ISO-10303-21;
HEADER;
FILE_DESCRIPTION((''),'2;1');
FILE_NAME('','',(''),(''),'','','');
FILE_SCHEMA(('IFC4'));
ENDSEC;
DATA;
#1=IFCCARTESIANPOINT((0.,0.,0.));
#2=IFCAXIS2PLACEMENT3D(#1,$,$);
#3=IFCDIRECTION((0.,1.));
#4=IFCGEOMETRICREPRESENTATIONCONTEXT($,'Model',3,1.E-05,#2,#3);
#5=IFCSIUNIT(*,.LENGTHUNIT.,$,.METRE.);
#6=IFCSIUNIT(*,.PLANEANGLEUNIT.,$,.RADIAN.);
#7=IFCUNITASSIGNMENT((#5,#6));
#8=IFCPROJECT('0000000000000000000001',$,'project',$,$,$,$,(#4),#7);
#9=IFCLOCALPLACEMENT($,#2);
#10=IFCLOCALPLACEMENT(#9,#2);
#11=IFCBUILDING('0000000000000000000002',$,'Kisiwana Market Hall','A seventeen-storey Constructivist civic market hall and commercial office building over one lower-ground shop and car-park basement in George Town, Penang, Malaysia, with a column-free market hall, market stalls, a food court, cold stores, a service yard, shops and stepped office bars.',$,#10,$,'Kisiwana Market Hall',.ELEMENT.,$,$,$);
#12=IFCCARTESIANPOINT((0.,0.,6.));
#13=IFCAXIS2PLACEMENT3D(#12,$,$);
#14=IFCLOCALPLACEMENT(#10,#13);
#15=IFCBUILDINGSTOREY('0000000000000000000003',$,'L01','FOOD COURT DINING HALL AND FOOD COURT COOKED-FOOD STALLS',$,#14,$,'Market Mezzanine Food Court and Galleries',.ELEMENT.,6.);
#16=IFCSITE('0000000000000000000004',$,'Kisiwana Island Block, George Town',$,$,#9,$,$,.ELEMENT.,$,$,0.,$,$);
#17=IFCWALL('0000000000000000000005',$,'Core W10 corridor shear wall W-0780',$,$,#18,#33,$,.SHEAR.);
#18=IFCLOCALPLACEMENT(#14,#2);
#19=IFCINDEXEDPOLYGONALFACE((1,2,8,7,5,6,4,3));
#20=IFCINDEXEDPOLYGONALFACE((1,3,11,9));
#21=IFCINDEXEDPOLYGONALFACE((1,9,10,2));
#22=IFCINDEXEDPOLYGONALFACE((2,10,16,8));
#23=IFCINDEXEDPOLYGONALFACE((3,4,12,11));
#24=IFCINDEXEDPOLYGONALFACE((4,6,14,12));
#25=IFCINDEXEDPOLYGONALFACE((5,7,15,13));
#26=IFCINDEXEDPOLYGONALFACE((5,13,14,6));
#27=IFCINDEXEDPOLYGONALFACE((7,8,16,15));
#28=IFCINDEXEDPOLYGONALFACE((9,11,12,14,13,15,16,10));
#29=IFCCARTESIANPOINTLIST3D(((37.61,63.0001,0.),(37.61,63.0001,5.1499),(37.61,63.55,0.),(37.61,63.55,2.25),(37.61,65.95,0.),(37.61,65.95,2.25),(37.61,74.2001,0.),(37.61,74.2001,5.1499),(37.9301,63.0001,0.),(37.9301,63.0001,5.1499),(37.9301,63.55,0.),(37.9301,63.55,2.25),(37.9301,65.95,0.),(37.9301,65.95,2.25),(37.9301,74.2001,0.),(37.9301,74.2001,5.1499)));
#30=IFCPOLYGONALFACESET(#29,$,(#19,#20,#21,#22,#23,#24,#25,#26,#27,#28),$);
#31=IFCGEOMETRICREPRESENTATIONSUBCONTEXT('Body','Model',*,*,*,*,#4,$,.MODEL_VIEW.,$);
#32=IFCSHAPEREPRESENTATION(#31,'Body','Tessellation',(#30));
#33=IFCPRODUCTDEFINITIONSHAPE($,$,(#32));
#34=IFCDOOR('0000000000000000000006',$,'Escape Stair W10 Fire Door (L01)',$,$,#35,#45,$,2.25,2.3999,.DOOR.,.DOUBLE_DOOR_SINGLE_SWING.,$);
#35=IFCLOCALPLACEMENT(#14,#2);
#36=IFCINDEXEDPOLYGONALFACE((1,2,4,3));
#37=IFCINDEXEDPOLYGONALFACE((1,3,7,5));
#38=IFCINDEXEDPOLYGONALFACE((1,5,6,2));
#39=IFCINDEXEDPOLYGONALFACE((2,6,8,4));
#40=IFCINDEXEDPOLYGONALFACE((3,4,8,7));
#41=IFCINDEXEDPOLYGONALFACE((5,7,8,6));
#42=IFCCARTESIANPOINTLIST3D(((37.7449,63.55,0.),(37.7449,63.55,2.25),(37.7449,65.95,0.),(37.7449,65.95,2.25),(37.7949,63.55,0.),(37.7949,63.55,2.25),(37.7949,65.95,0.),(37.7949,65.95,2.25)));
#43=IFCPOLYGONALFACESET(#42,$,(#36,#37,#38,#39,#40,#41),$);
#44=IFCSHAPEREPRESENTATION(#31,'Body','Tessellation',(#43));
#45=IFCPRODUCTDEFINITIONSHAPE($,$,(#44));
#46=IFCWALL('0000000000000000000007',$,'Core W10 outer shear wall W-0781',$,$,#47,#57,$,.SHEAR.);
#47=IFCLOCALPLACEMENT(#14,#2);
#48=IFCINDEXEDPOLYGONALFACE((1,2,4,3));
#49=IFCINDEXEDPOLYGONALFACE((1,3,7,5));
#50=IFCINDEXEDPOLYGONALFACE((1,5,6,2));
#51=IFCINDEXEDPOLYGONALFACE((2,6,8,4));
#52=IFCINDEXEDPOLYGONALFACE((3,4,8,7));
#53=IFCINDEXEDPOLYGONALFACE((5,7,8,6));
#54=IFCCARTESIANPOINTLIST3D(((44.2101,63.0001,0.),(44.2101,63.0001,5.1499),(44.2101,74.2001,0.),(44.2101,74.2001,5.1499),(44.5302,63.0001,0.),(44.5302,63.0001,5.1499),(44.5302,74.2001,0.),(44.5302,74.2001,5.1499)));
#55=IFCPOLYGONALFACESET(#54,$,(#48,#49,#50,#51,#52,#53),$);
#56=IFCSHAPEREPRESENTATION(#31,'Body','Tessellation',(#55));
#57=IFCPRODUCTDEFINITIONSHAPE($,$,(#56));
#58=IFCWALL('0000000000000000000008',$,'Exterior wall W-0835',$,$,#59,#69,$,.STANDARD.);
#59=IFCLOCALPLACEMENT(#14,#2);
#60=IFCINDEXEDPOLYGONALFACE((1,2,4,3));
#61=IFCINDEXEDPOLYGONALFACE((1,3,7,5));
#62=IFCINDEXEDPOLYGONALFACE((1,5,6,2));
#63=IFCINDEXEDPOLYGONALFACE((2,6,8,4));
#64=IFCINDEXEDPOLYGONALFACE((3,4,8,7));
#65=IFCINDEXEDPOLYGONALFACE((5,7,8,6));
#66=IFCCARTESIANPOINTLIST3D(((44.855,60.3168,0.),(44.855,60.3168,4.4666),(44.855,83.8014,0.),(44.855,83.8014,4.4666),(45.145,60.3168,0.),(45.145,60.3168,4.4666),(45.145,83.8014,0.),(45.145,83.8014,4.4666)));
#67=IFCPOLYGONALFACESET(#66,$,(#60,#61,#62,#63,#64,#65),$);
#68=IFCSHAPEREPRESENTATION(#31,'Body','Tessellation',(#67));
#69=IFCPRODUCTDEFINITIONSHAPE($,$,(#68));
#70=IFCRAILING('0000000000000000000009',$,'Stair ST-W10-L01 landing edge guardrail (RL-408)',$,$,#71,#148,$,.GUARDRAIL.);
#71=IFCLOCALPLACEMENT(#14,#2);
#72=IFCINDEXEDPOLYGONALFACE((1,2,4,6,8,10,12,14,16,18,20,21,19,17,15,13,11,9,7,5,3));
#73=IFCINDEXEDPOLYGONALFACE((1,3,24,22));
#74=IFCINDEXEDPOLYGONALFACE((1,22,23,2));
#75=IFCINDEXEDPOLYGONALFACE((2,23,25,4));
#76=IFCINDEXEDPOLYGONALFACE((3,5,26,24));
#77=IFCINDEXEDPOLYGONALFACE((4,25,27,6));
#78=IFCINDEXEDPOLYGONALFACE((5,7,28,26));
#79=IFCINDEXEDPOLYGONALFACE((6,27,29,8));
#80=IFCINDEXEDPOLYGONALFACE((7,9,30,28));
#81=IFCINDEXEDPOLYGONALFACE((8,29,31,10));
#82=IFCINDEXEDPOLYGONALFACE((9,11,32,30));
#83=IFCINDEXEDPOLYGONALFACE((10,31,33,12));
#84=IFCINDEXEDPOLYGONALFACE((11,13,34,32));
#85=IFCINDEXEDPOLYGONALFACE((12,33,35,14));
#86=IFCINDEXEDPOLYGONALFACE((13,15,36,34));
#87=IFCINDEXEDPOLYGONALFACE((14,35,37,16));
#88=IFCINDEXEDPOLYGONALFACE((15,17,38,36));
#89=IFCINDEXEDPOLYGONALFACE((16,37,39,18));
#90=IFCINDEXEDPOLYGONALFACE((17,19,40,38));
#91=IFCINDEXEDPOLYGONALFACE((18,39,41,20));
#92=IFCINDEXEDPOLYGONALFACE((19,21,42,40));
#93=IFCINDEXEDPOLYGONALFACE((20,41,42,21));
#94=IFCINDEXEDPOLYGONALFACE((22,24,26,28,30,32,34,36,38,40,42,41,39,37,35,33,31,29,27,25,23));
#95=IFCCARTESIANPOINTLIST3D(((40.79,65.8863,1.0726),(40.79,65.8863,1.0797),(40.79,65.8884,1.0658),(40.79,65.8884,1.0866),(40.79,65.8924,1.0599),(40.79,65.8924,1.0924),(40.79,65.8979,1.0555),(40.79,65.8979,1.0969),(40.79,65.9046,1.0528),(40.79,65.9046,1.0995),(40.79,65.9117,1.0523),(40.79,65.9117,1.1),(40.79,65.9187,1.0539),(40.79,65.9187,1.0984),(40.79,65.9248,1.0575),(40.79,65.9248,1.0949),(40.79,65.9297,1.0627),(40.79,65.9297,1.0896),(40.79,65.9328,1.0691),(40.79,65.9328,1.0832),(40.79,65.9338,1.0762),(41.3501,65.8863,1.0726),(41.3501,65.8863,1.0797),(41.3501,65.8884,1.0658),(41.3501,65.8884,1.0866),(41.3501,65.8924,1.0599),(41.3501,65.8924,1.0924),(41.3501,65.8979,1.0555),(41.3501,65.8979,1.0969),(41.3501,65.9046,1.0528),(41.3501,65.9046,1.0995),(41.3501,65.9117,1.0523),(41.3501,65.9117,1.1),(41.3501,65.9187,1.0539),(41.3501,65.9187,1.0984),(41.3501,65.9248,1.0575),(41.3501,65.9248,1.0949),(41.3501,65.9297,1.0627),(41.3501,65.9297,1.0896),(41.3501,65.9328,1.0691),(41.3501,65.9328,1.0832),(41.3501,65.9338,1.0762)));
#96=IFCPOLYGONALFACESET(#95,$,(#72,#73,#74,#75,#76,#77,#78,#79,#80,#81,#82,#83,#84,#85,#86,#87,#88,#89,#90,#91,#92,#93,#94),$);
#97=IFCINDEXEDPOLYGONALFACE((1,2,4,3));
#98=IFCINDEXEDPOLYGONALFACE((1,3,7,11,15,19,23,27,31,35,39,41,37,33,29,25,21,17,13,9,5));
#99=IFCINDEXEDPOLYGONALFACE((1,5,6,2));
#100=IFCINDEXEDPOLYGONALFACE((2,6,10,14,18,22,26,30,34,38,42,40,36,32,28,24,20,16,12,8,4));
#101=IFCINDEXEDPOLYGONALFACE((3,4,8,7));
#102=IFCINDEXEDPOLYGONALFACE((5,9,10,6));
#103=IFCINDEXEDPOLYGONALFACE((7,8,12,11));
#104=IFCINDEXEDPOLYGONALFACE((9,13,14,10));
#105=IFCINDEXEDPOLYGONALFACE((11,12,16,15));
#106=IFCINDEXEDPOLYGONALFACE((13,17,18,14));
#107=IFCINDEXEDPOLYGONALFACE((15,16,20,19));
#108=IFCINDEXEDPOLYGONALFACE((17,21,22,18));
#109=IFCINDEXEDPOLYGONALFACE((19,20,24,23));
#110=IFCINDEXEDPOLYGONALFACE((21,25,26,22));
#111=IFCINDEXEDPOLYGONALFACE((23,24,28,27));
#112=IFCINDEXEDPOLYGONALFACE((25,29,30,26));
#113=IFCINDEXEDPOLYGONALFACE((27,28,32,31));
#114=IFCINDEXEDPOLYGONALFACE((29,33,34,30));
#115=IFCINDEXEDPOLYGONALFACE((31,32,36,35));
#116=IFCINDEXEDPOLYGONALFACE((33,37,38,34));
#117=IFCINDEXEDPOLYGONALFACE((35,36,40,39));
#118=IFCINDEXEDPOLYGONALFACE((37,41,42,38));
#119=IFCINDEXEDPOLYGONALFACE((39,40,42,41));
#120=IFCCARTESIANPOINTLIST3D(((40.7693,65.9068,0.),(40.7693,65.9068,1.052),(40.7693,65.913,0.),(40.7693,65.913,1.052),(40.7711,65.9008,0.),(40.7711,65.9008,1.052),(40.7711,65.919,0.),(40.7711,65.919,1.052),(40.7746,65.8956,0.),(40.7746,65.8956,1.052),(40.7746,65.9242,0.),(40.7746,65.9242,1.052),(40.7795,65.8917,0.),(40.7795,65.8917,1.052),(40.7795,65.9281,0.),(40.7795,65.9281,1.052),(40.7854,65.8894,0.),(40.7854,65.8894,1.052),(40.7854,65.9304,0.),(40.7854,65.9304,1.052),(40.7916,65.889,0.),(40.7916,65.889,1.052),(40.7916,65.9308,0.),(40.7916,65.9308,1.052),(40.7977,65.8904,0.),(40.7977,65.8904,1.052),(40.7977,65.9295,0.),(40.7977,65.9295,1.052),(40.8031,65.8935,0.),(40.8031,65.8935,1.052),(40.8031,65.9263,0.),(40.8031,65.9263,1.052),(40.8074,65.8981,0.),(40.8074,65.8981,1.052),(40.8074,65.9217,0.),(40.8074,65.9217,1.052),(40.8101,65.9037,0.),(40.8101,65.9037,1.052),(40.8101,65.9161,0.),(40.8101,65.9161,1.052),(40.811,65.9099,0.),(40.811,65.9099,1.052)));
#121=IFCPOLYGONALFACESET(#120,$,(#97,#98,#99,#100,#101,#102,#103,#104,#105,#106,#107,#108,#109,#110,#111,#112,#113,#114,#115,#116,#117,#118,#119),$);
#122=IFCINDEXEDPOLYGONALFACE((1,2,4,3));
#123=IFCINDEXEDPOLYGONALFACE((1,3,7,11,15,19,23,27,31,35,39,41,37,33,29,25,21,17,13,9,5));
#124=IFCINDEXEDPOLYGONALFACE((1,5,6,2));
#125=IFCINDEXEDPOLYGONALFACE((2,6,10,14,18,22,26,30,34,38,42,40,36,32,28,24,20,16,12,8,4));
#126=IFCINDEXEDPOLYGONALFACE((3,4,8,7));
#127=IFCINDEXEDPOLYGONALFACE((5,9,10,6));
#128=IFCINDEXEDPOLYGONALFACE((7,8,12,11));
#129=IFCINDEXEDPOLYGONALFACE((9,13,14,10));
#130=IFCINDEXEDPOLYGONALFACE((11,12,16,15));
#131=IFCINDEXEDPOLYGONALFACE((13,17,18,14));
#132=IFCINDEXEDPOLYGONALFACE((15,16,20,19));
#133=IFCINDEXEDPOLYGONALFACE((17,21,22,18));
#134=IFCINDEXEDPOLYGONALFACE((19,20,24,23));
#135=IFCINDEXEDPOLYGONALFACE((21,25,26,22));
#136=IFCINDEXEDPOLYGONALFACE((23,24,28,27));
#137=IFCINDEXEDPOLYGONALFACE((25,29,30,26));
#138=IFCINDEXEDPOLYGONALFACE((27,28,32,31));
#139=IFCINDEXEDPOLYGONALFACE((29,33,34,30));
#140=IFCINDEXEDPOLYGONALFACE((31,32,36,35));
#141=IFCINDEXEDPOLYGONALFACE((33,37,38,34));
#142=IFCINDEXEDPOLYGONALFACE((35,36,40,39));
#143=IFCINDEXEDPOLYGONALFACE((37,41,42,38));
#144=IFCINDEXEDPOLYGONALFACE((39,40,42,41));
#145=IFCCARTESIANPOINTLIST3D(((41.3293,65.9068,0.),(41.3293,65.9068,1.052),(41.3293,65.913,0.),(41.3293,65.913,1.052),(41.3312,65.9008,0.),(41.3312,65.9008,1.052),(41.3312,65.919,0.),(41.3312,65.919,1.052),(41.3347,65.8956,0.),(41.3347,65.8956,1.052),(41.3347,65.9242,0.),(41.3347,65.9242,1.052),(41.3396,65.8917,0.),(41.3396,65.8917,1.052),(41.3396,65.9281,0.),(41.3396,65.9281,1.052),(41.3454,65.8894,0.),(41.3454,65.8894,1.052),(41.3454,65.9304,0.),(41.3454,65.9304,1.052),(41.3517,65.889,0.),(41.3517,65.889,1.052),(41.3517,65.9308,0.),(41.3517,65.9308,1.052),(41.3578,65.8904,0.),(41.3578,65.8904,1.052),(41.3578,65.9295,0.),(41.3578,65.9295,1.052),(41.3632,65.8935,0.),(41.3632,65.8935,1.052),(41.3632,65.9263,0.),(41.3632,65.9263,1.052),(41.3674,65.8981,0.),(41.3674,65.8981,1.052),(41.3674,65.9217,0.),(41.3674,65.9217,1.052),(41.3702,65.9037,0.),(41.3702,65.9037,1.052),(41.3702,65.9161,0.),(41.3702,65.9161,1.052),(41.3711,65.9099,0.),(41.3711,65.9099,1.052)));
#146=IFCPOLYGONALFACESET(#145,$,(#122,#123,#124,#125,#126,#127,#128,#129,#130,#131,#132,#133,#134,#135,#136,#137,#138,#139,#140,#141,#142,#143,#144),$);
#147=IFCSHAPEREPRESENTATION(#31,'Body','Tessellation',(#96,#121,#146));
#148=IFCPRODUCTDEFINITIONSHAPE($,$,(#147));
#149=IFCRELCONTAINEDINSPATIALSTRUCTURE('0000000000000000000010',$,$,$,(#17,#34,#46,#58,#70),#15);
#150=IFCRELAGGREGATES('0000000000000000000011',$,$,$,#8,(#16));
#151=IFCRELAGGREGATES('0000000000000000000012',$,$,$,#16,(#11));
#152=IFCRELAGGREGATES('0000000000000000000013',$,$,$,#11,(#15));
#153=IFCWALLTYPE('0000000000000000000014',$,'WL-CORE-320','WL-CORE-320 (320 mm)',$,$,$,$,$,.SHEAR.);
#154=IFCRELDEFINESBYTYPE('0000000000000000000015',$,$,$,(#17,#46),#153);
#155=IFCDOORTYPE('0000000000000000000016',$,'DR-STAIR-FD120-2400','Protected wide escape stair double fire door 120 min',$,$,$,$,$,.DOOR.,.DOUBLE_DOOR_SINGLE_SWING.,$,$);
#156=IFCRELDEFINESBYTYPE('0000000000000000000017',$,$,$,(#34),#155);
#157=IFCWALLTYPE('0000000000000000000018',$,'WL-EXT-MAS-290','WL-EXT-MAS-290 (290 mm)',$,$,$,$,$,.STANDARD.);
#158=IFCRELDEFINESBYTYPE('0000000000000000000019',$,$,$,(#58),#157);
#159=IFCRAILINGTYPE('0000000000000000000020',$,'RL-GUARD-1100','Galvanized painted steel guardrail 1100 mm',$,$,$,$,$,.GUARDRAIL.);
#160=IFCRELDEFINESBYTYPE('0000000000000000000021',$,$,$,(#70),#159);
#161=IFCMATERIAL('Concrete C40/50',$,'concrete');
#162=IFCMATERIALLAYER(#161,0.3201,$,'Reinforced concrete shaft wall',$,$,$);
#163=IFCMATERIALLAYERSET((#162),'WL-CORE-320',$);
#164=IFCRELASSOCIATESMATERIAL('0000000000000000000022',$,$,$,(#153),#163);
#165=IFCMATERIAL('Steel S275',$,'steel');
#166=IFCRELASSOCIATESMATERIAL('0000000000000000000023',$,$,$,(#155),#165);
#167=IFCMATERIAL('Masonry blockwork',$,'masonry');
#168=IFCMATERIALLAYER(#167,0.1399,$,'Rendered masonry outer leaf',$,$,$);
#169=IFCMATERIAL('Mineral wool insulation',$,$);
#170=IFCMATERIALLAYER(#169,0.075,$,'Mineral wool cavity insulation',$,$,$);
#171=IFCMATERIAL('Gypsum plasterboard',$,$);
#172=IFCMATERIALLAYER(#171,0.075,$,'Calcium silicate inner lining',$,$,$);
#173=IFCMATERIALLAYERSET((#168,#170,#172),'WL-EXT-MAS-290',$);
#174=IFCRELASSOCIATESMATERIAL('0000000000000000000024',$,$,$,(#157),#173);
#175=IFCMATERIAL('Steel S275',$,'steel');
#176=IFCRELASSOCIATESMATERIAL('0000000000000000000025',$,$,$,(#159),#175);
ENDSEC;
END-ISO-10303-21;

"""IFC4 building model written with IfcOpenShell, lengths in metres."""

from ifc_helpers import new_model, si_unit, direction, frame, frame_2d, origin, origin_2d, place, context, subcontext, project, spatial, rectangle, circle, extrude, material, layer, layer_set, type_object, element, fill, save


model = new_model("IFC4")

# Units and contexts
model_context = context("Model", 3, precision=1e-05, world=origin(), true_north=direction((0.0, 1.0)))
body_context = subcontext(model_context, "Body", "Model", "MODEL_VIEW")
ifc_project = project(units=[si_unit("LENGTHUNIT", "METRE"), si_unit("PLANEANGLEUNIT", "RADIAN")], contexts=[model_context])

# Site, building, storey
site_placement = place(None, origin())
site = spatial("IfcSite", under=ifc_project, at=site_placement, Name="Kisiwana Island Block, George Town", CompositionType="ELEMENT", RefElevation=0.0)
building_placement = place(site_placement, origin())
building = spatial("IfcBuilding", under=site, at=building_placement, Name="Kisiwana Market Hall", Description="A seventeen-storey Constructivist civic market hall and commercial office building over one lower-ground shop and car-park basement in George Town, Penang, Malaysia, with a column-free market hall, market stalls, a food court, cold stores, a service yard, shops and stepped office bars.", LongName="Kisiwana Market Hall", CompositionType="ELEMENT")
storey_placement = place(building_placement, frame((0.0, 0.0, 6.0)))
storey = spatial("IfcBuildingStorey", under=building, at=storey_placement, Name="L01", Description="FOOD COURT DINING HALL AND FOOD COURT COOKED-FOOD STALLS", LongName="Market Mezzanine Food Court and Galleries", CompositionType="ELEMENT", Elevation=6.0)

# Shared definitions
ifc_material_1 = material(Name="Concrete C40/50", Category="concrete")
ifc_layer_1 = layer(ifc_material_1, 0.3201, Name="Reinforced concrete shaft wall")
ifc_layer_set_1 = layer_set([ifc_layer_1], Name="WL-CORE-320")
wall_type_1 = type_object("IfcWallType", Name="WL-CORE-320", Description="WL-CORE-320 (320 mm)", PredefinedType="SHEAR", material=ifc_layer_set_1)

# Wall, opening, door
wall_1_placement = place(storey_placement, frame((37.77, 63.0, 0.0), z_axis=(0.0, 0.0, 1.0), x_axis=(0.0, 1.0, 0.0)))
wall_1 = element("IfcWall", 1, at=wall_1_placement, inside=storey, type_object=wall_type_1, Name="Core W10 corridor shear wall W-0780", PredefinedType="SHEAR", context=body_context, shape_type="SweptSolid", body=[
    extrude(rectangle(XDim=11.2, YDim=0.3201, at=frame_2d((5.6001, 0.0))), origin(), (0.0, 0.0, 1.0), 5.1499),
])
opening_placement = place(wall_1_placement, frame((0.55, 0.0, 0.0)))
opening = element("IfcOpeningElement", 2, at=opening_placement, cuts=wall_1, PredefinedType="OPENING", context=body_context, shape_type="SweptSolid", body=[
    extrude(rectangle(XDim=2.3999, YDim=2.25, at=frame_2d((1.2, 1.125))), frame((0.0, 0.1719, 0.0), z_axis=(0.0, -1.0, 0.0), x_axis=(1.0, 0.0, 0.0)), (0.0, 0.0, 1.0), 0.344),
])
ifc_material_2 = material(Name="Steel S275", Category="steel")
door_type = type_object("IfcDoorType", Name="DR-STAIR-FD120-2400", Description="Protected wide escape stair double fire door 120 min", OperationType="DOUBLE_DOOR_SINGLE_SWING", PredefinedType="DOOR", material=ifc_material_2)
door_placement = place(opening_placement, frame((2.3999, 0.0, 0.0), z_axis=(0.0, 0.0, 1.0), x_axis=(-1.0, 0.0, 0.0)))
door = element("IfcDoor", 3, at=door_placement, inside=storey, type_object=door_type, Name="Escape Stair W10 Fire Door (L01)", OperationType="DOUBLE_DOOR_SINGLE_SWING", OverallHeight=2.25, OverallWidth=2.3999, PredefinedType="DOOR", context=body_context, shape_type="SweptSolid", body=[
    extrude(rectangle(XDim=2.3999, YDim=2.25, at=frame_2d((1.2, 1.125))), frame((0.0, 0.0249, 0.0), z_axis=(0.0, -1.0, 0.0), x_axis=(1.0, 0.0, 0.0)), (0.0, 0.0, 1.0), 0.05),
])
fill(opening, door)

# Walls
wall_2_placement = place(storey_placement, frame((44.3701, 63.0, 0.0), z_axis=(0.0, 0.0, 1.0), x_axis=(0.0, 1.0, 0.0)))
element("IfcWall", 4, at=wall_2_placement, inside=storey, type_object=wall_type_1, Name="Core W10 outer shear wall W-0781", PredefinedType="SHEAR", context=body_context, shape_type="SweptSolid", body=[
    extrude(rectangle(XDim=11.2, YDim=0.3201, at=frame_2d((5.6001, 0.0))), origin(), (0.0, 0.0, 1.0), 5.1499),
])
ifc_material_3 = material(Name="Masonry blockwork", Category="masonry")
ifc_layer_2 = layer(ifc_material_3, 0.1399, Name="Rendered masonry outer leaf")
ifc_material_4 = material(Name="Mineral wool insulation")
ifc_layer_3 = layer(ifc_material_4, 0.075, Name="Mineral wool cavity insulation")
ifc_material_5 = material(Name="Gypsum plasterboard")
ifc_layer_4 = layer(ifc_material_5, 0.075, Name="Calcium silicate inner lining")
ifc_layer_set_2 = layer_set([ifc_layer_2, ifc_layer_3, ifc_layer_4], Name="WL-EXT-MAS-290")
wall_type_2 = type_object("IfcWallType", Name="WL-EXT-MAS-290", Description="WL-EXT-MAS-290 (290 mm)", PredefinedType="STANDARD", material=ifc_layer_set_2)
wall_3_placement = place(storey_placement, frame((45.0, 60.3169, 0.0), z_axis=(0.0, 0.0, 1.0), x_axis=(0.0, 1.0, 0.0)))
element("IfcWall", 5, at=wall_3_placement, inside=storey, type_object=wall_type_2, Name="Exterior wall W-0835", PredefinedType="STANDARD", context=body_context, shape_type="SweptSolid", body=[
    extrude(rectangle(XDim=23.4846, YDim=0.29, at=frame_2d((11.7422, 0.0))), origin(), (0.0, 0.0, 1.0), 4.4666),
])

# Railing
ifc_material_6 = material(Name="Steel S275", Category="steel")
railing_type_1 = type_object("IfcRailingType", Name="RL-GUARD-1100", Description="Galvanized painted steel guardrail 1100 mm", PredefinedType="GUARDRAIL", material=ifc_material_6)
railing_1_placement = place(storey_placement, frame((40.79, 65.9099, 0.0)))
element("IfcRailing", 6, at=railing_1_placement, inside=storey, type_object=railing_type_1, Name="Stair ST-W10-L01 landing edge guardrail (RL-408)", PredefinedType="GUARDRAIL", context=body_context, shape_type="SweptSolid", body=[
    extrude(circle(Radius=0.0239, at=origin_2d()), frame((0.0, 0.0, 1.0762), z_axis=(1.0, 0.0, 0.0), x_axis=(0.0, 1.0, 0.0)), (0.0, 0.0, 1.0), 0.5601),
    extrude(circle(Radius=0.021, at=origin_2d()), origin(), (0.0, 0.0, 1.0), 1.052),
    extrude(circle(Radius=0.021, at=origin_2d()), frame((0.5601, 0.0, 0.0)), (0.0, 0.0, 1.0), 1.052),
])

save(model, "model.ifc")
